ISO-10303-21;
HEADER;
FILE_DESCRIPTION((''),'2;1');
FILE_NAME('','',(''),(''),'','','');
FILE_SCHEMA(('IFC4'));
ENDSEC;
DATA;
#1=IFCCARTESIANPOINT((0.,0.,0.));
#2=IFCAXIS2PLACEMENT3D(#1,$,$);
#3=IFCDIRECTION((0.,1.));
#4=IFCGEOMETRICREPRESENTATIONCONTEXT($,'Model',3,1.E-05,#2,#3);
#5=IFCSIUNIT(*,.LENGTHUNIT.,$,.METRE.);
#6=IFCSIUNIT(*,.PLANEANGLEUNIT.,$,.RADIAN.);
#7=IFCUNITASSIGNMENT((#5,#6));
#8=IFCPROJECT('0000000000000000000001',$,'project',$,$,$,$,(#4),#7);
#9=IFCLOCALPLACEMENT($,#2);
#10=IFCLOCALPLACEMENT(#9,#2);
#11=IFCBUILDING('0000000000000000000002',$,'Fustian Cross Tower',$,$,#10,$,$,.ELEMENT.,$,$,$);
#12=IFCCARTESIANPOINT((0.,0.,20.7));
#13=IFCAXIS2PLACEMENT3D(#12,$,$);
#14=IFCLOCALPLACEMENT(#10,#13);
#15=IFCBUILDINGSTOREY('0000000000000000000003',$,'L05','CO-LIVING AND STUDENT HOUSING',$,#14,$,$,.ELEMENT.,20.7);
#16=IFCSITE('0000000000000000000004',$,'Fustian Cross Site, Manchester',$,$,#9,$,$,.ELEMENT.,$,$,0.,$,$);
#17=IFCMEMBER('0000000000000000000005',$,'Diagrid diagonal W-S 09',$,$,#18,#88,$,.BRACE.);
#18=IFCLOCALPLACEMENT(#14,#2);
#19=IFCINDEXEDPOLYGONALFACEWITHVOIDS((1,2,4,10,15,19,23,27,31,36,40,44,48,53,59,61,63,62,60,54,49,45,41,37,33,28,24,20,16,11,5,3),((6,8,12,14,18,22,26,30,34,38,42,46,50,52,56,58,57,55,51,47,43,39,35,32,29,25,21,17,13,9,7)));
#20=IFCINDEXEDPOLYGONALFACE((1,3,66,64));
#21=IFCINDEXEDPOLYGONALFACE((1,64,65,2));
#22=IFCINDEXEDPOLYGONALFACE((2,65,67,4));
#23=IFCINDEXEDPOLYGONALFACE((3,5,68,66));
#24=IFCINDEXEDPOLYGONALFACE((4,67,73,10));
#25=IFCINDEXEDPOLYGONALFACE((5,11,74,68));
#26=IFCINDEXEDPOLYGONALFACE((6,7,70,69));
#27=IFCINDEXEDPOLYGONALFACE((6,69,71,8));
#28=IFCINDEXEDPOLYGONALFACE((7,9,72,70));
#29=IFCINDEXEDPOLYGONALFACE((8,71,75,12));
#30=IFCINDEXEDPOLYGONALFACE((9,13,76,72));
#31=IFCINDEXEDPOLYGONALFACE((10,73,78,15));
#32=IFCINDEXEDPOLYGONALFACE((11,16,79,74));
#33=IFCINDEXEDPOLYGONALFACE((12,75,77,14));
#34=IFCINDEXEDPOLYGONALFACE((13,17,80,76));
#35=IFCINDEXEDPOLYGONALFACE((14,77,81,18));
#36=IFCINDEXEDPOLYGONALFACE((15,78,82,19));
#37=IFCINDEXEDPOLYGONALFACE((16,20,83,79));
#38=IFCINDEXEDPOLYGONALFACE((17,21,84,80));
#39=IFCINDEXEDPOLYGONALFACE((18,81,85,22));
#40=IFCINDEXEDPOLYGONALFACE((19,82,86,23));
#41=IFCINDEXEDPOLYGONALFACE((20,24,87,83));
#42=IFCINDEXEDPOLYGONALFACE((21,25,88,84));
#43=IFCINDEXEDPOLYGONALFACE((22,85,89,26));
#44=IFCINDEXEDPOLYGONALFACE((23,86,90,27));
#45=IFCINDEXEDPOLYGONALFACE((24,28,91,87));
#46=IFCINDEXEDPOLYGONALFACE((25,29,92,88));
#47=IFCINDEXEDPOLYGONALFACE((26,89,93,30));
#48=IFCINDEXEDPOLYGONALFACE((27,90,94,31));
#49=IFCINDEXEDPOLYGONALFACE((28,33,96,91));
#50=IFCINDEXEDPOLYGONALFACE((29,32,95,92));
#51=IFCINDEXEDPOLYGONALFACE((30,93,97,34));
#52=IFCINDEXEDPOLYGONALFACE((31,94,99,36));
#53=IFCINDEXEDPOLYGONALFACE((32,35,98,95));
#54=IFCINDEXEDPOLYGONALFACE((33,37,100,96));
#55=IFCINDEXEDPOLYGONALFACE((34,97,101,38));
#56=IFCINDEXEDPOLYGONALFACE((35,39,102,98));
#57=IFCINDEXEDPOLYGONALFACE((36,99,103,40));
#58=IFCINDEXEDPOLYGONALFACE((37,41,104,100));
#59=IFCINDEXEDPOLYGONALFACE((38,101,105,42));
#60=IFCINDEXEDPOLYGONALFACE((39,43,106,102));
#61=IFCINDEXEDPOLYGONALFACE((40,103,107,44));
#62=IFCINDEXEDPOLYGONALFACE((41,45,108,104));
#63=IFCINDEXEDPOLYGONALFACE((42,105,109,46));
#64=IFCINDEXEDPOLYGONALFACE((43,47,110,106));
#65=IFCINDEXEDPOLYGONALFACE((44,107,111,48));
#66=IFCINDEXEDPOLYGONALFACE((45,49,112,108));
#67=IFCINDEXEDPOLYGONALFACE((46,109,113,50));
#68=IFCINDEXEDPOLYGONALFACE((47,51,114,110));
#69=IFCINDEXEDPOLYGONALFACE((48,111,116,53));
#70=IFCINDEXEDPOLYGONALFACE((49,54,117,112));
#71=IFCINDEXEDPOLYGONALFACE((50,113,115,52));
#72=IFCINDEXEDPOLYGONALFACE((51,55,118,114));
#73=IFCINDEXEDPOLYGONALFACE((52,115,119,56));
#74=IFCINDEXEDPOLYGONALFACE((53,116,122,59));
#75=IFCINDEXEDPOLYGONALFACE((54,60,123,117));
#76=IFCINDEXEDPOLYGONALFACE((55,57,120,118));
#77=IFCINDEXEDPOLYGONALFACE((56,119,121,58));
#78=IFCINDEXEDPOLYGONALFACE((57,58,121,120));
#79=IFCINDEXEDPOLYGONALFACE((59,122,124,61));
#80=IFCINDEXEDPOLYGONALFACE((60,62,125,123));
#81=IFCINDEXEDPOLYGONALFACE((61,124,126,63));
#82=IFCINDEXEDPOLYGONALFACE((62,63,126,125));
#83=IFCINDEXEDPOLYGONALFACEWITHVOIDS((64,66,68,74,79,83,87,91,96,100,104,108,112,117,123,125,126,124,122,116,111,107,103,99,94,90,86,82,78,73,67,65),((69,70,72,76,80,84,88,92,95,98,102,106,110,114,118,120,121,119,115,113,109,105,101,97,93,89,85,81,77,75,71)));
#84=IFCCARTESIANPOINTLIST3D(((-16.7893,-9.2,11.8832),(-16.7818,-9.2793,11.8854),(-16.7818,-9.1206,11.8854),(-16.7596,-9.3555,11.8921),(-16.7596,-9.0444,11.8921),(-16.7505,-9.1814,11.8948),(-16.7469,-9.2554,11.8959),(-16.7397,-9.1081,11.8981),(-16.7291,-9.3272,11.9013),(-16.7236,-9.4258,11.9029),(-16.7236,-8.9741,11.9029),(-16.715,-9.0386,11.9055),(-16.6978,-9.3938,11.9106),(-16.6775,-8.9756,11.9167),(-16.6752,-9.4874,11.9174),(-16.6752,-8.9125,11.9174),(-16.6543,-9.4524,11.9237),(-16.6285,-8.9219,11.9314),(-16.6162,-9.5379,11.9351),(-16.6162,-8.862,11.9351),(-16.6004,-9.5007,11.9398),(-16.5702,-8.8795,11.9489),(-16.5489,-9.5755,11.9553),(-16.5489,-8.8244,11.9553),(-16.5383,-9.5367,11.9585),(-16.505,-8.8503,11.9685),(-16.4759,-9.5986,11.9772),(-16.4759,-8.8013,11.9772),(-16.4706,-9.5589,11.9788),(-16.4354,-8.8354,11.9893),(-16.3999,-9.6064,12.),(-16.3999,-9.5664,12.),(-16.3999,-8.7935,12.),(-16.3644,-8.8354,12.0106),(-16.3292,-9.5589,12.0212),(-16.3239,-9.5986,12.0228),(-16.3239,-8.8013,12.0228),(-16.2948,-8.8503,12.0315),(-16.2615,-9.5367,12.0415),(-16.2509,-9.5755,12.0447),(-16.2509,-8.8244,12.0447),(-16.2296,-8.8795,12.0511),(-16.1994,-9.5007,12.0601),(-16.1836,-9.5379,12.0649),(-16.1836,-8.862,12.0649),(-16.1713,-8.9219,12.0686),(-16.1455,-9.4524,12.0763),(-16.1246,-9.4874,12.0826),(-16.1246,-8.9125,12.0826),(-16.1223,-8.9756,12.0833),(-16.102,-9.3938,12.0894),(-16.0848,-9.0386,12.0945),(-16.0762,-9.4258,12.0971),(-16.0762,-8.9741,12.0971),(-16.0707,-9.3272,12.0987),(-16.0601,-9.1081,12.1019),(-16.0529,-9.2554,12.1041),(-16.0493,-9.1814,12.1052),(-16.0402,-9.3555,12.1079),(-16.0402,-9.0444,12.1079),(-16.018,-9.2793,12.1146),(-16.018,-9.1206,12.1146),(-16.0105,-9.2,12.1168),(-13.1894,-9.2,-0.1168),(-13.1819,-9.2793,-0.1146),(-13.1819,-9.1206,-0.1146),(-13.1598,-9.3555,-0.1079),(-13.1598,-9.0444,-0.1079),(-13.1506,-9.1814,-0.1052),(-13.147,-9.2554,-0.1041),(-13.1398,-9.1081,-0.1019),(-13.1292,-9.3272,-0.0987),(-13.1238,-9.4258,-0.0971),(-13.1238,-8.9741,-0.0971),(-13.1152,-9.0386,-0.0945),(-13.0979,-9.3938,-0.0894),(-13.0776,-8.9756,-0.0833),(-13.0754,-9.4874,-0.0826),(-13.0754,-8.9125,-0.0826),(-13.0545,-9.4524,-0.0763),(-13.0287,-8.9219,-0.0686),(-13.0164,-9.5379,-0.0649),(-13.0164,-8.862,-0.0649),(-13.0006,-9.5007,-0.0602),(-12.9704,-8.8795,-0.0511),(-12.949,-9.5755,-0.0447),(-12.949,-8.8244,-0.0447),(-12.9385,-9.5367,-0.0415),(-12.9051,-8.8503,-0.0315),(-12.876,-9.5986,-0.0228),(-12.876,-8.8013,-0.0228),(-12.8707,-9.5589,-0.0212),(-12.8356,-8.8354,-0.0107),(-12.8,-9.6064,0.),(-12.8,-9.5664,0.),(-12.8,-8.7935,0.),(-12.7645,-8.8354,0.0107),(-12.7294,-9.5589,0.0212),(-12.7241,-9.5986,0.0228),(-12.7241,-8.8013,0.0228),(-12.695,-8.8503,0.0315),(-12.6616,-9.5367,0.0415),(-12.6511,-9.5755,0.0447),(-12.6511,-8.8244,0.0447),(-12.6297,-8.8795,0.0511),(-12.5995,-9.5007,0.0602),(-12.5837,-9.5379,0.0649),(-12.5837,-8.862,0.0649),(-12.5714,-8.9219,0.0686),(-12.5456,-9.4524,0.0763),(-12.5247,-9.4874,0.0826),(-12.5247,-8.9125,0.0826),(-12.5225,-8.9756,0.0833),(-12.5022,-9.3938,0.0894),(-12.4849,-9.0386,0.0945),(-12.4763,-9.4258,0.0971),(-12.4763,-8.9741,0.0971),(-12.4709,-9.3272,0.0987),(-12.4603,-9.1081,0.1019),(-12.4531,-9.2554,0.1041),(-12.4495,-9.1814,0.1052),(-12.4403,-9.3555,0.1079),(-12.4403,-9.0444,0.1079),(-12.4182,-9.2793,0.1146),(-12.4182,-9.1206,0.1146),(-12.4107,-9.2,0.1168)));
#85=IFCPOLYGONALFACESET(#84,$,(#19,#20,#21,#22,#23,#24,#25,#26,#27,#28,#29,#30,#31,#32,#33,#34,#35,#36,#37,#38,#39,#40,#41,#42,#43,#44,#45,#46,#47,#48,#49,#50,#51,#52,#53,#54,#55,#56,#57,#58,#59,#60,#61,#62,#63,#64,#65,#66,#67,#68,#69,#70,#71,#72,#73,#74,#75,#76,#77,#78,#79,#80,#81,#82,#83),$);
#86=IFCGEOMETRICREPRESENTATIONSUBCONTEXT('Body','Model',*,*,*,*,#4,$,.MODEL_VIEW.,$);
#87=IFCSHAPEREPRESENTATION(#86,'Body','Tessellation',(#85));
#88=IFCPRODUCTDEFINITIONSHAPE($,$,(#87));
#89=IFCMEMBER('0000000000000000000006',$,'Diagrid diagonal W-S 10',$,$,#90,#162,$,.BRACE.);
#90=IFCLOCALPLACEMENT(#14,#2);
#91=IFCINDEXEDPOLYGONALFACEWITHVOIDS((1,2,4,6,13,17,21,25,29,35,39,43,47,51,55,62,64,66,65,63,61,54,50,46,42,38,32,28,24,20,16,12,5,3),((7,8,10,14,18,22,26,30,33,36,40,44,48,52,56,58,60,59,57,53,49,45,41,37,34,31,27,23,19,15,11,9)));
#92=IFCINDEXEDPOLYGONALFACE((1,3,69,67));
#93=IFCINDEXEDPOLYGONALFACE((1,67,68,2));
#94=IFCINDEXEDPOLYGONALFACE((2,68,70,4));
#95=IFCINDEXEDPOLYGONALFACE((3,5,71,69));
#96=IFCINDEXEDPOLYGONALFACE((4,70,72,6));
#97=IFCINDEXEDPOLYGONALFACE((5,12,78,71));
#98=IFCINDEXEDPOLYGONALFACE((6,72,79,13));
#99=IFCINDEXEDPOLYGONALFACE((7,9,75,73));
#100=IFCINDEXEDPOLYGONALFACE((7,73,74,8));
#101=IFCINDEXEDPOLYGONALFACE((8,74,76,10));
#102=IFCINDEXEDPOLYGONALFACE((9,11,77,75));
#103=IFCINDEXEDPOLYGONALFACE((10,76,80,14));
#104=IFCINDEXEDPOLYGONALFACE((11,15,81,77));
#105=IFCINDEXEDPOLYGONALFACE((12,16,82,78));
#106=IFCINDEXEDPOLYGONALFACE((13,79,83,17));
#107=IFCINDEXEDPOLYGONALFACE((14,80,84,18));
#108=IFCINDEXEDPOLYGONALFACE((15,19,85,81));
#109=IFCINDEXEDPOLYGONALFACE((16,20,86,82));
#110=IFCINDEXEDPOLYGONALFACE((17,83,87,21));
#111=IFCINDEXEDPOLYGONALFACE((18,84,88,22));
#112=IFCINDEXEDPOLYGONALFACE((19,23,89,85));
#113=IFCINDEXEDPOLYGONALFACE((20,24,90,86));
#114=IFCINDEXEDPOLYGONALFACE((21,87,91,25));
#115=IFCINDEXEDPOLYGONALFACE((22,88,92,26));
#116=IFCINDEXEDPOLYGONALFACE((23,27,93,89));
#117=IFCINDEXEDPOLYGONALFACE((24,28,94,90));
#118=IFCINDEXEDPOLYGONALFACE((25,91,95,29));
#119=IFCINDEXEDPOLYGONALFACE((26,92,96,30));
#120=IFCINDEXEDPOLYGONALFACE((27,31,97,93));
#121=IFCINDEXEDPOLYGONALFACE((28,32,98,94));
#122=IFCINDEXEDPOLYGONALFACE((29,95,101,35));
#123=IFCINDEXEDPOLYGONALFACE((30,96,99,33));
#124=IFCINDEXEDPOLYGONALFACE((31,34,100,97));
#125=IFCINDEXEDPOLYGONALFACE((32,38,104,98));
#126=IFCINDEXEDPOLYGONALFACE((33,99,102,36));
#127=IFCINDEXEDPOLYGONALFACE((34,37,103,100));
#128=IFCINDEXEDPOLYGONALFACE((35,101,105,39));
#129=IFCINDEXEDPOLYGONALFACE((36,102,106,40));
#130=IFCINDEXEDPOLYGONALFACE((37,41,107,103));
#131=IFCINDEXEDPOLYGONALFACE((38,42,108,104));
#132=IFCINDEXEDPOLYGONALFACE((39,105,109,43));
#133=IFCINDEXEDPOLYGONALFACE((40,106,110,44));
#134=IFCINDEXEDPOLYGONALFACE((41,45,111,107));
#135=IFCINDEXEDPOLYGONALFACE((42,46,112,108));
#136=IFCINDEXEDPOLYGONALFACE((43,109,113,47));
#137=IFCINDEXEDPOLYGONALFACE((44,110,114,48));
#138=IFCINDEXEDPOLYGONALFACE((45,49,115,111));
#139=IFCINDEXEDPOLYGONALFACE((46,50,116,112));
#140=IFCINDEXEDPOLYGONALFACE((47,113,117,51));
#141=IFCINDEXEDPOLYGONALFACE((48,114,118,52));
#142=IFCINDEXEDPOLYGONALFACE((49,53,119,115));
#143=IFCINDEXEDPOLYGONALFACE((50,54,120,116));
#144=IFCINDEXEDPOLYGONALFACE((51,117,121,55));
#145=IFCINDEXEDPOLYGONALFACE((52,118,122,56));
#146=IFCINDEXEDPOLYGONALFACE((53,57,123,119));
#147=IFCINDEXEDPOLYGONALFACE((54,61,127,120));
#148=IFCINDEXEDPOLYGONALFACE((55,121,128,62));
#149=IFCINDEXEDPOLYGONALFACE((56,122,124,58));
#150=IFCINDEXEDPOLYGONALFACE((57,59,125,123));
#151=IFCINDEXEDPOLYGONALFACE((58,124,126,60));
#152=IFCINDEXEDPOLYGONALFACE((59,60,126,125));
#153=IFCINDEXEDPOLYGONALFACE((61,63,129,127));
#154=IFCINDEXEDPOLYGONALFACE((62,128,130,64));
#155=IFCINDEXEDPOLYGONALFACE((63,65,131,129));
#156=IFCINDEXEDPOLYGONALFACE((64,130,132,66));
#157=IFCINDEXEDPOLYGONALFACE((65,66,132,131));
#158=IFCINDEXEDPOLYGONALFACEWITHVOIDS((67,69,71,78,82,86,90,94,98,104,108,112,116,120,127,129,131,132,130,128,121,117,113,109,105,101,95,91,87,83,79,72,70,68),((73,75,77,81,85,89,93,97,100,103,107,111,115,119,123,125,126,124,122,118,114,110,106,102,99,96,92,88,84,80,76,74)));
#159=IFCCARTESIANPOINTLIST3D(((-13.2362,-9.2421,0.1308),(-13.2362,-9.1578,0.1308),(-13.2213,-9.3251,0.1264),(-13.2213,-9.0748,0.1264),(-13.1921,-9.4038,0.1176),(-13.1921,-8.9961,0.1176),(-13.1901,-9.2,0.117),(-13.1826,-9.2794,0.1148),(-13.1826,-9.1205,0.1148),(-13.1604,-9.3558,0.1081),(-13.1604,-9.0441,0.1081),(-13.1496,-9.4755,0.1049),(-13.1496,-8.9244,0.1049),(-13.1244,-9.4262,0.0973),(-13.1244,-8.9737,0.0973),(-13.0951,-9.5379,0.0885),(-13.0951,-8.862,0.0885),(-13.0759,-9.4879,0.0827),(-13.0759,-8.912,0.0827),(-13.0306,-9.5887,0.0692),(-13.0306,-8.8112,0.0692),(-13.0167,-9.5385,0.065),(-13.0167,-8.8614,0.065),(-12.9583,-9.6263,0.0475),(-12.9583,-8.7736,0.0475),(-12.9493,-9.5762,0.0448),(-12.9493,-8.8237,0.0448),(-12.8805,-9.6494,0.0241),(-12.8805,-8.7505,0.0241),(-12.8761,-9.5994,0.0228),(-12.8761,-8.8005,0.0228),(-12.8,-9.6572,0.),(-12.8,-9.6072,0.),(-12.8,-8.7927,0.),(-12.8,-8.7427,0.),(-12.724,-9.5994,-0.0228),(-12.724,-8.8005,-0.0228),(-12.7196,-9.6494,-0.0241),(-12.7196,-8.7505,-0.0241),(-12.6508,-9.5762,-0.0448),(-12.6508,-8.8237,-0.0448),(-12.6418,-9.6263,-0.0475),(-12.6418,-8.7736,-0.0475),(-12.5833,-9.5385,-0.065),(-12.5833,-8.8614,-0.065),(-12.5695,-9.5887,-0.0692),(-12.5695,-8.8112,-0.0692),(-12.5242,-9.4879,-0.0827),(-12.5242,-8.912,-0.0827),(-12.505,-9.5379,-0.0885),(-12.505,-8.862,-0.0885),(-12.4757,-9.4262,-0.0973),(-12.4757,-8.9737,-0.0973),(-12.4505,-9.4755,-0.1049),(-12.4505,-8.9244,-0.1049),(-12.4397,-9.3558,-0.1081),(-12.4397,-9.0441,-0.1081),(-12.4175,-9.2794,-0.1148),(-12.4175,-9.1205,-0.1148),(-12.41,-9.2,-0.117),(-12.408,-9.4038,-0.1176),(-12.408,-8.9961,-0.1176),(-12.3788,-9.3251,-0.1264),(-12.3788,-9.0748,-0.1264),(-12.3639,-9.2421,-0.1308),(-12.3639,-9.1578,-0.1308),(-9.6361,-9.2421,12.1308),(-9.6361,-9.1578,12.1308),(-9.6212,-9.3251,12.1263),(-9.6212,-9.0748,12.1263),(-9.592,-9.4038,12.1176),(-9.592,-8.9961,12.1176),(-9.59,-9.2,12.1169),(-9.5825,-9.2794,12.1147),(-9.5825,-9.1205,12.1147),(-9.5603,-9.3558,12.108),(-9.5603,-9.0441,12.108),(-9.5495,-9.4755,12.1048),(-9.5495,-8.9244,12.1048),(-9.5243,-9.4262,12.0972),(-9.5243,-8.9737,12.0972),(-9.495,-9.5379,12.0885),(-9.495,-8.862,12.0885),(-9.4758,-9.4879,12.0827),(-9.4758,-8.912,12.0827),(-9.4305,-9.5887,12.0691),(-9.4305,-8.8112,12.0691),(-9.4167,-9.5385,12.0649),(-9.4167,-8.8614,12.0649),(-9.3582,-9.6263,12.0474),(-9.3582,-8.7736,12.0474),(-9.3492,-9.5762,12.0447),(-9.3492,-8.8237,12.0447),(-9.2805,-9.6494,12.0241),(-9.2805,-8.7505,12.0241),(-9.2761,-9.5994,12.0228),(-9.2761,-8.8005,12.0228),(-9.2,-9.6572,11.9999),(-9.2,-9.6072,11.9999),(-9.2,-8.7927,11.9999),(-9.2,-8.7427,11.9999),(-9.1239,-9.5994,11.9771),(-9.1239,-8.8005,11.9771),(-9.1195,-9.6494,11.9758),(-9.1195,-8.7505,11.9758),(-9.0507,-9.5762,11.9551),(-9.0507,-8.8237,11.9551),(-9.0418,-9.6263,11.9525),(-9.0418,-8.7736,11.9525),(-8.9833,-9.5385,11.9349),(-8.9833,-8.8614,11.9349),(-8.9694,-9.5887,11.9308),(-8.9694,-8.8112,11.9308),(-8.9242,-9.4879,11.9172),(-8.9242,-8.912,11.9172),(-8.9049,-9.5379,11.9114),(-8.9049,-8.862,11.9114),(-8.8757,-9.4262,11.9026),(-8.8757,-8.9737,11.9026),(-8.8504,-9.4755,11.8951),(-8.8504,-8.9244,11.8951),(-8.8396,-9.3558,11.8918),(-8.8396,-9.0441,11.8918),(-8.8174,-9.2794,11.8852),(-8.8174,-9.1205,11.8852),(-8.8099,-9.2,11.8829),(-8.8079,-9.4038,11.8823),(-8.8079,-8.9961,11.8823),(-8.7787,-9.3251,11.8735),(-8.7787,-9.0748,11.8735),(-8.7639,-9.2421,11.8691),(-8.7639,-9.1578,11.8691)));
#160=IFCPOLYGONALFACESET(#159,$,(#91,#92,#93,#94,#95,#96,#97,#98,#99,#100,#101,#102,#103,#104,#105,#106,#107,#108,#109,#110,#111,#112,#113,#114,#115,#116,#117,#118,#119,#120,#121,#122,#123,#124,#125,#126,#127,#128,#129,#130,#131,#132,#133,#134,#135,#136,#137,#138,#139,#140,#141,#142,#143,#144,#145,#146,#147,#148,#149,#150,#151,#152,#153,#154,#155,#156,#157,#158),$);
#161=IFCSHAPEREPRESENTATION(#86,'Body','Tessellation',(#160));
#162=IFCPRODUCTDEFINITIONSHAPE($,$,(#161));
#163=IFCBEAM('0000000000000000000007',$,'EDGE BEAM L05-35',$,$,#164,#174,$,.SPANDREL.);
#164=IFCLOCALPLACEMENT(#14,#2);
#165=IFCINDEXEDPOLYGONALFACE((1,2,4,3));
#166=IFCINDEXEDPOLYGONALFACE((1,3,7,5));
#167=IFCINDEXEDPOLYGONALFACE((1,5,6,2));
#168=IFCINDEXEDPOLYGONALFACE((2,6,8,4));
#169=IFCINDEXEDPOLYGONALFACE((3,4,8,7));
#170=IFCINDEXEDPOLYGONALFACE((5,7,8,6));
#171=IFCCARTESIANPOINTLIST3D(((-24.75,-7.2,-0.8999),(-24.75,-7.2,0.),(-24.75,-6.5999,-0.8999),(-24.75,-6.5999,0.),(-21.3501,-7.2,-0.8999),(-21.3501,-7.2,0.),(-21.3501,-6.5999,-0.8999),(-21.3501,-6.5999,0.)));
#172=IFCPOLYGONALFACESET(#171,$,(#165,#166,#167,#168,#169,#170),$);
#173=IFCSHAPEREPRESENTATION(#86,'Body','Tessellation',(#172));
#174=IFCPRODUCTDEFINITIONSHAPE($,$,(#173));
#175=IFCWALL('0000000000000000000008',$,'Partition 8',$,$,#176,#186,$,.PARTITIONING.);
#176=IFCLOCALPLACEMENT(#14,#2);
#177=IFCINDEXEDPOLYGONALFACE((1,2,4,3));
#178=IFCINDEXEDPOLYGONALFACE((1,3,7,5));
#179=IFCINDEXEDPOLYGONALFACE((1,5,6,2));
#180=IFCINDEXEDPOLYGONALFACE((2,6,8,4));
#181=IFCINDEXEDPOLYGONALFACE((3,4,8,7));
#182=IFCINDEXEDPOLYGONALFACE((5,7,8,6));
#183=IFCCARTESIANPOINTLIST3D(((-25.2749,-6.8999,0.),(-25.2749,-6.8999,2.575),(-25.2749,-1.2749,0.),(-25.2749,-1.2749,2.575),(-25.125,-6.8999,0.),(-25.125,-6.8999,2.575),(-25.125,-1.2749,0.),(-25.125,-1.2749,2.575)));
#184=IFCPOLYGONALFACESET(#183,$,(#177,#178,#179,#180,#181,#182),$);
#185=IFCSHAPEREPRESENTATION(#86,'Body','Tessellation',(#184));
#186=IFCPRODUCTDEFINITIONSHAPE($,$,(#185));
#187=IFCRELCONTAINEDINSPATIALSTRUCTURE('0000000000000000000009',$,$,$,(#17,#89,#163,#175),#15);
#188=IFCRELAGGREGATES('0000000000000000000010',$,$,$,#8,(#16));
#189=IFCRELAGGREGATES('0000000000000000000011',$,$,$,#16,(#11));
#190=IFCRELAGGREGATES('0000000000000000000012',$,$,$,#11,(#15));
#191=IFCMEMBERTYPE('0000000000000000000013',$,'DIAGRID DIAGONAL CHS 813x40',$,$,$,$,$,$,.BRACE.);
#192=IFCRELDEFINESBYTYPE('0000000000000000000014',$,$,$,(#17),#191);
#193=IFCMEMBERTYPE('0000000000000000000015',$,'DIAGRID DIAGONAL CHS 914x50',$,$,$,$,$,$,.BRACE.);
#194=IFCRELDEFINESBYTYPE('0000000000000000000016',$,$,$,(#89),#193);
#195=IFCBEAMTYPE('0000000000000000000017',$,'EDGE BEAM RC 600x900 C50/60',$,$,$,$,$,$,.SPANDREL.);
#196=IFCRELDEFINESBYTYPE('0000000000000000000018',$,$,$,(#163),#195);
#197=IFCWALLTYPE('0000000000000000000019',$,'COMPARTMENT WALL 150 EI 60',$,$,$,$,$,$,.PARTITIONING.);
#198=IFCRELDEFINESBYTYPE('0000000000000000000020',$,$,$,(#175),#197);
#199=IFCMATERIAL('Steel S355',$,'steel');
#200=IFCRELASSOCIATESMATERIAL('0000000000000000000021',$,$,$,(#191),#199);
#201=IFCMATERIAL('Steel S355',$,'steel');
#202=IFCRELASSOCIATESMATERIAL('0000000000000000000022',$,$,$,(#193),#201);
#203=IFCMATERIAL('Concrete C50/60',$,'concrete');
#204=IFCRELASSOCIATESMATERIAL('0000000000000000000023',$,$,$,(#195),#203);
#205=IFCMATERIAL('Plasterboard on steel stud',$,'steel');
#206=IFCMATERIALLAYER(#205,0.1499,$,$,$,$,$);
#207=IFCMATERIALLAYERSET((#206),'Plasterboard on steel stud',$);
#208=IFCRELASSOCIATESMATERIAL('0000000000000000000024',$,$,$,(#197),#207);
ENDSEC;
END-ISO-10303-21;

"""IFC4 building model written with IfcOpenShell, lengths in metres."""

from ifc_helpers import new_model, si_unit, direction, frame, frame_2d, origin, origin_2d, place, context, subcontext, project, spatial, rectangle, hollow_circle, extrude, material, layer, layer_set, material_profile, profile_set, type_object, element, save


model = new_model("IFC4")

# Units and contexts
model_context = context("Model", 3, precision=1e-05, world=origin(), true_north=direction((0.0, 1.0)))
body_context = subcontext(model_context, "Body", "Model", "MODEL_VIEW")
ifc_project = project(units=[si_unit("LENGTHUNIT", "METRE"), si_unit("PLANEANGLEUNIT", "RADIAN")], contexts=[model_context])

# Site, building, storey
site_placement = place(None, origin())
site = spatial("IfcSite", under=ifc_project, at=site_placement, Name="Fustian Cross Site, Manchester", CompositionType="ELEMENT", RefElevation=0.0)
building_placement = place(site_placement, origin())
building = spatial("IfcBuilding", under=site, at=building_placement, Name="Fustian Cross Tower", CompositionType="ELEMENT")
storey_placement = place(building_placement, frame((0.0, 0.0, 20.7)))
storey = spatial("IfcBuildingStorey", under=building, at=storey_placement, Name="L05", Description="CO-LIVING AND STUDENT HOUSING", CompositionType="ELEMENT", Elevation=20.7)

# Members
ifc_material_1 = material(Name="Steel S355", Category="steel")
ifc_material_profile_1 = material_profile(ifc_material_1, hollow_circle(Radius=0.4065, WallThickness=0.04, at=origin_2d()), Name="CHS 813x40")
ifc_profile_set_1 = profile_set([ifc_material_profile_1], Name="Steel S355")
member_type_1 = type_object("IfcMemberType", Name="DIAGRID DIAGONAL CHS 813x40", PredefinedType="BRACE", material=ifc_profile_set_1)
for number, where, z_axis, x_axis, name in (
    (1, (-12.8, -9.2, 0.0), (-0.287337, 0.0, 0.95783), (0.0, -1.0, 0.0), "Diagrid diagonal W-S 09"),
):
    element("IfcMember", number, at=place(storey_placement, frame(where, z_axis=z_axis, x_axis=x_axis)), inside=storey, type_object=member_type_1, Name=name, PredefinedType="BRACE", context=body_context, shape_type="SweptSolid", body=[
        extrude(hollow_circle(Radius=0.4065, WallThickness=0.04, at=origin_2d()), origin(), (0.0, 0.0, 1.0), 12.5283),
    ])
ifc_material_2 = material(Name="Steel S355", Category="steel")
ifc_material_profile_2 = material_profile(ifc_material_2, hollow_circle(Radius=0.4573, WallThickness=0.05, at=origin_2d()), Name="CHS 914x50")
ifc_profile_set_2 = profile_set([ifc_material_profile_2], Name="Steel S355")
member_type_2 = type_object("IfcMemberType", Name="DIAGRID DIAGONAL CHS 914x50", PredefinedType="BRACE", material=ifc_profile_set_2)
member_placement = place(storey_placement, frame((-12.8, -9.2, 0.0), z_axis=(0.287355, 0.0, 0.957824), x_axis=(0.0, 1.0, 0.0)))
element("IfcMember", 2, at=member_placement, inside=storey, type_object=member_type_2, Name="Diagrid diagonal W-S 10", PredefinedType="BRACE", context=body_context, shape_type="SweptSolid", body=[
    extrude(hollow_circle(Radius=0.4573, WallThickness=0.05, at=origin_2d()), origin(), (0.0, 0.0, 1.0), 12.5283),
])

# Beam
ifc_material_3 = material(Name="Concrete C50/60", Category="concrete")
ifc_material_profile_3 = material_profile(ifc_material_3, rectangle(XDim=0.6001, YDim=0.8999, at=origin_2d()), Name="RC 600x900")
ifc_profile_set_3 = profile_set([ifc_material_profile_3], Name="Concrete C50/60")
beam_type = type_object("IfcBeamType", Name="EDGE BEAM RC 600x900 C50/60", PredefinedType="SPANDREL", material=ifc_profile_set_3)
beam_placement = place(storey_placement, frame((-24.75, -6.8999, -0.45), z_axis=(1.0, 0.0, 0.0), x_axis=(0.0, 1.0, 0.0)))
element("IfcBeam", 3, at=beam_placement, inside=storey, type_object=beam_type, Name="EDGE BEAM L05-35", PredefinedType="SPANDREL", context=body_context, shape_type="SweptSolid", body=[
    extrude(rectangle(XDim=0.6001, YDim=0.8999, at=origin_2d()), origin(), (0.0, 0.0, 1.0), 3.3999),
])

# Wall
ifc_material_4 = material(Name="Plasterboard on steel stud", Category="steel")
ifc_layer_1 = layer(ifc_material_4, 0.1499)
ifc_layer_set_1 = layer_set([ifc_layer_1], Name="Plasterboard on steel stud")
wall_type_1 = type_object("IfcWallType", Name="COMPARTMENT WALL 150 EI 60", PredefinedType="PARTITIONING", material=ifc_layer_set_1)
wall_1_placement = place(storey_placement, frame((-25.2, -6.8999, 0.0), z_axis=(0.0, 0.0, 1.0), x_axis=(0.0, 1.0, 0.0)))
element("IfcWall", 4, at=wall_1_placement, inside=storey, type_object=wall_type_1, Name="Partition 8", PredefinedType="PARTITIONING", context=body_context, shape_type="SweptSolid", body=[
    extrude(rectangle(XDim=5.625, YDim=0.1499, at=frame_2d((2.8125, 0.0))), origin(), (0.0, 0.0, 1.0), 2.575),
])

save(model, "model.ifc")
